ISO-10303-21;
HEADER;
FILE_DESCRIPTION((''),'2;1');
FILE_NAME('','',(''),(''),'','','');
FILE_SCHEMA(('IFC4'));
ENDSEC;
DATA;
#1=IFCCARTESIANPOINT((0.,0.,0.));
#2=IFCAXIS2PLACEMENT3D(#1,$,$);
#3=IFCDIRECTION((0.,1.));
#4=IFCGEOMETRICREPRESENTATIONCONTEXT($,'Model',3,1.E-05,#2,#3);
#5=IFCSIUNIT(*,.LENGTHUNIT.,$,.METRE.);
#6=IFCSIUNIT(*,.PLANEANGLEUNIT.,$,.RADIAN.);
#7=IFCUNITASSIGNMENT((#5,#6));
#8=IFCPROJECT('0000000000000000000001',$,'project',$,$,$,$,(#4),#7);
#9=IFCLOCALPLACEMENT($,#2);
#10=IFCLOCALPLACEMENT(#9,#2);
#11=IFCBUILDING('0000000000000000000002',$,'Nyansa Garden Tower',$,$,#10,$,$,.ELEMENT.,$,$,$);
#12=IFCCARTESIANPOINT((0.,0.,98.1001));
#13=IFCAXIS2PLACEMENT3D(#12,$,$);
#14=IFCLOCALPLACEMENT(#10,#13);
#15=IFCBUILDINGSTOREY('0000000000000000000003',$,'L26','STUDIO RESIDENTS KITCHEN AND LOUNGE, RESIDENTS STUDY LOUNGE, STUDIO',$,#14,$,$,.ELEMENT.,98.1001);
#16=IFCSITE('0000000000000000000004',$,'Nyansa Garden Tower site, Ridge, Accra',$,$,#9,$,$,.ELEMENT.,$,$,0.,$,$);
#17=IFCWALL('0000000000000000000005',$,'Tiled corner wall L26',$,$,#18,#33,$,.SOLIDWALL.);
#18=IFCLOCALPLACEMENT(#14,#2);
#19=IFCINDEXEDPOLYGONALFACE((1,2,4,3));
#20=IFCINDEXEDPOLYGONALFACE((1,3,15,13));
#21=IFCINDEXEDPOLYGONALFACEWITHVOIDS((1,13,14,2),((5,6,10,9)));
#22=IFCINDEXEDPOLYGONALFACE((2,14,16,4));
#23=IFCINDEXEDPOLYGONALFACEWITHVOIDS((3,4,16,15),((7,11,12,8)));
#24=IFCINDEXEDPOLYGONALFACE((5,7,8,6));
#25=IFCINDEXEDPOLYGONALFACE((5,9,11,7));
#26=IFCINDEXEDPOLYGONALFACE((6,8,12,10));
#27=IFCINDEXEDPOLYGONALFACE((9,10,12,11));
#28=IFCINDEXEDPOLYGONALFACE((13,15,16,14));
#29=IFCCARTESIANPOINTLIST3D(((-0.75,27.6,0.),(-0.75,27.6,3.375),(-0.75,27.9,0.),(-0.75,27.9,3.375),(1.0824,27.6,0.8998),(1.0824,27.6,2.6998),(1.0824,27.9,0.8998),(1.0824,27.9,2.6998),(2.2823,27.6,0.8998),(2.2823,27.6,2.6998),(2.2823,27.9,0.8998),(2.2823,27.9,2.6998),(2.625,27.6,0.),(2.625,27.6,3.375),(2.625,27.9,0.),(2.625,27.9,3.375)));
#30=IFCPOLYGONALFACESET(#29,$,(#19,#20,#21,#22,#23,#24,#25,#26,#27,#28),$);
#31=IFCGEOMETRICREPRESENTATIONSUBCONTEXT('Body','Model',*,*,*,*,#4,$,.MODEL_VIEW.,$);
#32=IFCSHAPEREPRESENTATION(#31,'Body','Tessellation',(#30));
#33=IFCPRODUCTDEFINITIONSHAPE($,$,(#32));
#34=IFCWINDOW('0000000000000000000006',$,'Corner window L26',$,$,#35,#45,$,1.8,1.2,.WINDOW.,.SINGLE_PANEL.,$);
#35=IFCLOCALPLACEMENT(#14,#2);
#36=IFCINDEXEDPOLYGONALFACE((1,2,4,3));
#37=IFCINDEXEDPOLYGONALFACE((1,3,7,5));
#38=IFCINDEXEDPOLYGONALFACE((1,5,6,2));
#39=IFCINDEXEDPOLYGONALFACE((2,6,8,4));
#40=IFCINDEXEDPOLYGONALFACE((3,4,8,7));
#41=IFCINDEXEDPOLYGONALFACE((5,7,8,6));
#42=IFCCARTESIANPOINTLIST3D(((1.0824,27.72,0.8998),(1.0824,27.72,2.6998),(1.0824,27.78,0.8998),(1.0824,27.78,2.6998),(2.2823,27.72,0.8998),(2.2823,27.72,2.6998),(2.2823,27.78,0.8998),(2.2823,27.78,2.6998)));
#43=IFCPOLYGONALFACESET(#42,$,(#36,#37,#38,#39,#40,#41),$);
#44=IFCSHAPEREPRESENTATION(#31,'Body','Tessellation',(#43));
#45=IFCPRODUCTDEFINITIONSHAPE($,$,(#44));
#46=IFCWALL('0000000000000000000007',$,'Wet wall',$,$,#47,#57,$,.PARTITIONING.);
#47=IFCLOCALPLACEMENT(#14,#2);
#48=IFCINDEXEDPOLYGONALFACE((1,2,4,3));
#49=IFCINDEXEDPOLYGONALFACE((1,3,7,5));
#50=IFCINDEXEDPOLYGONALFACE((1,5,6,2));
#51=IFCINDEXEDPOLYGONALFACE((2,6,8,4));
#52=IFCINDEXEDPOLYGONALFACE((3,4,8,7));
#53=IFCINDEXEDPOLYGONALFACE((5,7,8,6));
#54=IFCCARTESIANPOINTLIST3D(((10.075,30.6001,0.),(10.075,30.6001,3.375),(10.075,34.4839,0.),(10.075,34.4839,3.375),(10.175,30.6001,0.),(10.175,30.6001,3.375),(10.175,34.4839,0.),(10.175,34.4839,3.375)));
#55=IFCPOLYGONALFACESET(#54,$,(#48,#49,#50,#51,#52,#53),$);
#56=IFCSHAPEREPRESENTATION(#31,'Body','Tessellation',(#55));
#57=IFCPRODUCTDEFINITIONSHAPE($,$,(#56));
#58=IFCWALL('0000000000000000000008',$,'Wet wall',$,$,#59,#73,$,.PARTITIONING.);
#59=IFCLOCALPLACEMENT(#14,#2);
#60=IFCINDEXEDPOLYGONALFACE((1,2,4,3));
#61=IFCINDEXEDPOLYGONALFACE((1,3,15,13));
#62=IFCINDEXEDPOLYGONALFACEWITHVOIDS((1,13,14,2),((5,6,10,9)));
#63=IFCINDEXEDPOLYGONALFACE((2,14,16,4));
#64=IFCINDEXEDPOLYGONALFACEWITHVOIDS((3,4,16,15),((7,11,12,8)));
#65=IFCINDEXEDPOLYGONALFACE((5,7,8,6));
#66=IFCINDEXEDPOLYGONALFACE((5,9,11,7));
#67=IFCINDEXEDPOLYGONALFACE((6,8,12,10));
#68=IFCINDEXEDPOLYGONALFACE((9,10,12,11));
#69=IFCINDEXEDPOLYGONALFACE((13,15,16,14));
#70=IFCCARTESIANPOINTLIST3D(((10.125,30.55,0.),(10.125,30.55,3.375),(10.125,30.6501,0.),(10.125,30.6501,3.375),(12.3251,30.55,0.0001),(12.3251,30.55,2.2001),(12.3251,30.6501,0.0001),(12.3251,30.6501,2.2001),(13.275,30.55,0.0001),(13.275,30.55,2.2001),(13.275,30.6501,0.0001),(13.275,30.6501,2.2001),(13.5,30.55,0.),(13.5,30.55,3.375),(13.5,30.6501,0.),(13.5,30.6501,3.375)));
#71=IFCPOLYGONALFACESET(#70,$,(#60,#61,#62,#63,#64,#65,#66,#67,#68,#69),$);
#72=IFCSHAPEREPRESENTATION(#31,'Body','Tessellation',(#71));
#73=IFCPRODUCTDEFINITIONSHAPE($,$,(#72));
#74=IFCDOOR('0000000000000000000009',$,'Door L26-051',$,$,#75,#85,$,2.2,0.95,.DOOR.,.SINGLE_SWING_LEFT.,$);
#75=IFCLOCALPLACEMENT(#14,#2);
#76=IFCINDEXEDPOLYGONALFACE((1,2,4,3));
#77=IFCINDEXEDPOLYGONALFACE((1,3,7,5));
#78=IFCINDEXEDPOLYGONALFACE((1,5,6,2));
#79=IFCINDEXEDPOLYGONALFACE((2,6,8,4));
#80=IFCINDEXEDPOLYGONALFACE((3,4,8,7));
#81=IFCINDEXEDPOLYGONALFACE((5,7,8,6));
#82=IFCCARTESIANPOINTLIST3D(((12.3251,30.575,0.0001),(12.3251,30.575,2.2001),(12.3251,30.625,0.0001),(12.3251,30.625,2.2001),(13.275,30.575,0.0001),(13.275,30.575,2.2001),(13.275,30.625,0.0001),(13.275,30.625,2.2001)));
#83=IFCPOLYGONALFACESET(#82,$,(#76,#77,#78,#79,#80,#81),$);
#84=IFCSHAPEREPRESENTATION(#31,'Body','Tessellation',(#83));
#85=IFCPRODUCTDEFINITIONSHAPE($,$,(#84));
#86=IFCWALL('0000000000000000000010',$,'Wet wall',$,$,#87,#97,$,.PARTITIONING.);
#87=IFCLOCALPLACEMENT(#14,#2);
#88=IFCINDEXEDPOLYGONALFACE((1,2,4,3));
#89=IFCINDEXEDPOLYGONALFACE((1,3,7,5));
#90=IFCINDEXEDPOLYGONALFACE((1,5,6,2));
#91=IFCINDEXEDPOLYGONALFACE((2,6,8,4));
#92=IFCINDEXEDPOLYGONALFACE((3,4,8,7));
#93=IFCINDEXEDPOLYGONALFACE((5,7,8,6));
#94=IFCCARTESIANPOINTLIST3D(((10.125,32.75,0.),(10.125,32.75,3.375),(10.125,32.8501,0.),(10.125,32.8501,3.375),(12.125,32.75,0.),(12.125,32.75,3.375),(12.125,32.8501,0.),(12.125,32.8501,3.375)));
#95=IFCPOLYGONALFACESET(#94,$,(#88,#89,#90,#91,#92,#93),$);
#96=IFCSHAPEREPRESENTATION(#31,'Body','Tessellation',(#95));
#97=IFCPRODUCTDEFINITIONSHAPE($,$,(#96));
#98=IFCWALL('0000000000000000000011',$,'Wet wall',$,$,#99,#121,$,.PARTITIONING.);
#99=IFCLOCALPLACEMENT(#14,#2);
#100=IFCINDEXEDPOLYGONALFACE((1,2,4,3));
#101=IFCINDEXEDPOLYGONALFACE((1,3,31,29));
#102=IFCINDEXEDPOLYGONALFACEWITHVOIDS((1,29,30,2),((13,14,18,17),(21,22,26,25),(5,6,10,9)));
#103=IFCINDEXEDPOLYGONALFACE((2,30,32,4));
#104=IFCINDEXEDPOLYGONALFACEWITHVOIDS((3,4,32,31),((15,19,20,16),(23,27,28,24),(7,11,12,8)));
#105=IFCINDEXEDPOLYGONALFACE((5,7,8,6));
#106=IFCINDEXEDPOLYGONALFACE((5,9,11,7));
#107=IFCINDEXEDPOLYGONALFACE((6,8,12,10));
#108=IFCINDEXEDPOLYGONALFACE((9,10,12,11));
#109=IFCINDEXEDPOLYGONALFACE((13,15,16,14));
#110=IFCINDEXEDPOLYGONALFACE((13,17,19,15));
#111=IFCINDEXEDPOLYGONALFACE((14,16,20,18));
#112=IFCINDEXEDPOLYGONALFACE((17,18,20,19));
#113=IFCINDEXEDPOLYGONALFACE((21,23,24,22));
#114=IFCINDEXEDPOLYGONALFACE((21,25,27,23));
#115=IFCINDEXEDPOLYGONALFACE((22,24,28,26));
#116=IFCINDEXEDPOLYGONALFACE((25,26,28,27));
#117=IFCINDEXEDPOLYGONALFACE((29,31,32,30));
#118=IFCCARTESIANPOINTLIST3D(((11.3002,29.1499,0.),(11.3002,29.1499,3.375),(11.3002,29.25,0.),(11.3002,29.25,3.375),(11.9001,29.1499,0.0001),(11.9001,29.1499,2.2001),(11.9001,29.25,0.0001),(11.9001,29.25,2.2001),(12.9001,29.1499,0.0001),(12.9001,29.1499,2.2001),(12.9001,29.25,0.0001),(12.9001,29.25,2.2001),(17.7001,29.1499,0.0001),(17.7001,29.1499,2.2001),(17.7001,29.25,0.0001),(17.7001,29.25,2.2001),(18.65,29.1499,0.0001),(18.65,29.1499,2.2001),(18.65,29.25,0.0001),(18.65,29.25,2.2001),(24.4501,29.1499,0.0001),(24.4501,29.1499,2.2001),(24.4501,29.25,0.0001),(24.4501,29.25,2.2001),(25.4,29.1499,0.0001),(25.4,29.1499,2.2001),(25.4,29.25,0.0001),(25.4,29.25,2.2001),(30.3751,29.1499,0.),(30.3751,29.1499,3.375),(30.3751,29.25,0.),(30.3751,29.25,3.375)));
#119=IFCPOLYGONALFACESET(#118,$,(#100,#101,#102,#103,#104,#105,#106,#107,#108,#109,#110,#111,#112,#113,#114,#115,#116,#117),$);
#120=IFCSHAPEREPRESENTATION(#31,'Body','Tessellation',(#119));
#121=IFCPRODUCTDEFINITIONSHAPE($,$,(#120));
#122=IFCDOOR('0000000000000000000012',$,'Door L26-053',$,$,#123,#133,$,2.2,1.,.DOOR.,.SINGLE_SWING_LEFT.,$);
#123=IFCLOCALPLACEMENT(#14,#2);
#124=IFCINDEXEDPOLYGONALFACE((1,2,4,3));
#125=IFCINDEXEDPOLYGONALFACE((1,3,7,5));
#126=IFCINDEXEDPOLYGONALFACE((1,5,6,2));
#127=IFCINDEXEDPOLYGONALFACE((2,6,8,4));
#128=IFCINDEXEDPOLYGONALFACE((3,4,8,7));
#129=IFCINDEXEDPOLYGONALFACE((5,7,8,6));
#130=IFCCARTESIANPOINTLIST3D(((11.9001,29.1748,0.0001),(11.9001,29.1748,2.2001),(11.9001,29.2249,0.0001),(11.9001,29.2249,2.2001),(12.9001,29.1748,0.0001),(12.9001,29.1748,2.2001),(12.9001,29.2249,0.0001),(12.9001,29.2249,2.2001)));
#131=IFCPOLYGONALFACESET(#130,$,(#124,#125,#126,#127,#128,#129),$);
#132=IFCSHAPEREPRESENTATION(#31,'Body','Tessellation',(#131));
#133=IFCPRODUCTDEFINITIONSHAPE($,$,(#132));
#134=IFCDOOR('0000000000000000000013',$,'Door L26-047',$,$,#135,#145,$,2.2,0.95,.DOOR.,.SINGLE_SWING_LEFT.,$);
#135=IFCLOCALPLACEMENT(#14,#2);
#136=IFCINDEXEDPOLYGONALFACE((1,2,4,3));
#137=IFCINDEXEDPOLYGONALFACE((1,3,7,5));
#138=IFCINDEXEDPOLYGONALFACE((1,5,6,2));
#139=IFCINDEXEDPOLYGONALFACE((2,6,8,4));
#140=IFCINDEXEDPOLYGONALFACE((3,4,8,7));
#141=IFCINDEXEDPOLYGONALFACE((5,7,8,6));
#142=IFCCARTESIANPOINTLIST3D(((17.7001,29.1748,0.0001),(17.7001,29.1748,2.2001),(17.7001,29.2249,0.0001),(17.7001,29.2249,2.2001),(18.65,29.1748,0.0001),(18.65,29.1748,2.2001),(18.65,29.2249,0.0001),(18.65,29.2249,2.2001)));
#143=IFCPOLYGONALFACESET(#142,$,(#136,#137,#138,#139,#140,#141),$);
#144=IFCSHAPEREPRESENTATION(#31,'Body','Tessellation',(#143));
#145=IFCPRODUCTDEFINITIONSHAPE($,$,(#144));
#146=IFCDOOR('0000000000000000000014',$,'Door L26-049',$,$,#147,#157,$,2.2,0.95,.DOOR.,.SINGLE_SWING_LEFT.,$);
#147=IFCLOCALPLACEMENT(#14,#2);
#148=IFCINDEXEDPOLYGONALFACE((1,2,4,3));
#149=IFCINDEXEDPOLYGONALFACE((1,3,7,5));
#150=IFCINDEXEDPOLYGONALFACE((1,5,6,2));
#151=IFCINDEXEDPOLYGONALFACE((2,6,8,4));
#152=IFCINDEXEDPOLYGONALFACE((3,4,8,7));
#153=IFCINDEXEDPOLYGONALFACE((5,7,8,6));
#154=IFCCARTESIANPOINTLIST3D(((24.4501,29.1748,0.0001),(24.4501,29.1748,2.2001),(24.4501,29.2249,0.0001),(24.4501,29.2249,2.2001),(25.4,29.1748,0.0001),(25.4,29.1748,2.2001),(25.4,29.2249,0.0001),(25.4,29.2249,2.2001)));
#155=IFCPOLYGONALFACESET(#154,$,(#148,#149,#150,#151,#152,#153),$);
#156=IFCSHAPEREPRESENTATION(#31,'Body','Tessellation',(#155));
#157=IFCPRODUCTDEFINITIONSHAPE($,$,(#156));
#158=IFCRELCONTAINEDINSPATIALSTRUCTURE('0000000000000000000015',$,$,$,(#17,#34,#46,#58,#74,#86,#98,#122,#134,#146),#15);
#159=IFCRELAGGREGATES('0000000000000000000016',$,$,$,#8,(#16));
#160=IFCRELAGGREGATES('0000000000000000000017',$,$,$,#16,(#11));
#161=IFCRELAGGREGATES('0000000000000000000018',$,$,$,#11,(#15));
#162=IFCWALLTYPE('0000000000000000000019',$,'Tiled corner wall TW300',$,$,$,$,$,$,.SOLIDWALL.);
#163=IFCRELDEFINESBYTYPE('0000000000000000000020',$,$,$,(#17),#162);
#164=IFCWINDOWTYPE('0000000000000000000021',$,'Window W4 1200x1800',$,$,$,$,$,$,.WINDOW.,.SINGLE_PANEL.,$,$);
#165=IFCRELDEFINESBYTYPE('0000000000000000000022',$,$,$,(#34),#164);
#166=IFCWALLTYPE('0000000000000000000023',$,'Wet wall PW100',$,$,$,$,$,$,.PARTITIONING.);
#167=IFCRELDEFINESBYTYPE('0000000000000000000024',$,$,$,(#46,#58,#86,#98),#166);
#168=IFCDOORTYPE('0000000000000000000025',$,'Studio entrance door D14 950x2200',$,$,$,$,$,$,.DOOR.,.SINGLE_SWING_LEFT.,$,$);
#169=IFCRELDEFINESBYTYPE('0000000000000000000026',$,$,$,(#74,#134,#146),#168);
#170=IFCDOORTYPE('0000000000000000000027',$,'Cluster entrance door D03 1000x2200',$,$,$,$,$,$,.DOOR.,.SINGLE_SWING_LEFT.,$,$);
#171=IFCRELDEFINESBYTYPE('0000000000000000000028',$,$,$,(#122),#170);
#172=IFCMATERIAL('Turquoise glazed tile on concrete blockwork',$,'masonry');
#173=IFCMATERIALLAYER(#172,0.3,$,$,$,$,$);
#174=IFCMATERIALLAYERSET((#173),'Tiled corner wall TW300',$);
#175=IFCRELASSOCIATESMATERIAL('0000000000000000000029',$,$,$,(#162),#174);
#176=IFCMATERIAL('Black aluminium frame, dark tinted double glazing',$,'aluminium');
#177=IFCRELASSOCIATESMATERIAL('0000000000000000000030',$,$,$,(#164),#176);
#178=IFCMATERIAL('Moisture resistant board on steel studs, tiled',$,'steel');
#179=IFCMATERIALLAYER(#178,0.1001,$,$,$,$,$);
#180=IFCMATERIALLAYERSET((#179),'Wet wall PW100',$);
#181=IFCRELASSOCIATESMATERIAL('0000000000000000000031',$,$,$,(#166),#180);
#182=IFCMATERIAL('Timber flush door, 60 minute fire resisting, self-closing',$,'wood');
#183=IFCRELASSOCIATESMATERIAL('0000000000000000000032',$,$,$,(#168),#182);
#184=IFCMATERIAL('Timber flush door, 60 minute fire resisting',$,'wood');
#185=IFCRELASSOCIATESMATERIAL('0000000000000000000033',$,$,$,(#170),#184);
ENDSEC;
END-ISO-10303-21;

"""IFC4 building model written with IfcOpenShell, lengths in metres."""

from ifc_helpers import new_model, si_unit, direction, frame, frame_2d, origin, place, context, subcontext, project, spatial, rectangle, extrude, material, layer, layer_set, type_object, element, fill, save


model = new_model("IFC4")

# Units and contexts
model_context = context("Model", 3, precision=1e-05, world=origin(), true_north=direction((0.0, 1.0)))
body_context = subcontext(model_context, "Body", "Model", "MODEL_VIEW")
ifc_project = project(units=[si_unit("LENGTHUNIT", "METRE"), si_unit("PLANEANGLEUNIT", "RADIAN")], contexts=[model_context])

# Site, building, storey
site_placement = place(None, origin())
site = spatial("IfcSite", under=ifc_project, at=site_placement, Name="Nyansa Garden Tower site, Ridge, Accra", CompositionType="ELEMENT", RefElevation=0.0)
building_placement = place(site_placement, origin())
building = spatial("IfcBuilding", under=site, at=building_placement, Name="Nyansa Garden Tower", CompositionType="ELEMENT")
storey_placement = place(building_placement, frame((0.0, 0.0, 98.1001)))
storey = spatial("IfcBuildingStorey", under=building, at=storey_placement, Name="L26", Description="STUDIO RESIDENTS KITCHEN AND LOUNGE, RESIDENTS STUDY LOUNGE, STUDIO", CompositionType="ELEMENT", Elevation=98.1001)

# Wall, opening, window
ifc_material_1 = material(Name="Turquoise glazed tile on concrete blockwork", Category="masonry")
ifc_layer_1 = layer(ifc_material_1, 0.3)
ifc_layer_set_1 = layer_set([ifc_layer_1], Name="Tiled corner wall TW300")
wall_type_1 = type_object("IfcWallType", Name="Tiled corner wall TW300", PredefinedType="SOLIDWALL", material=ifc_layer_set_1)
ifc_material_2 = material(Name="Black aluminium frame, dark tinted double glazing", Category="aluminium")
window_type_1 = type_object("IfcWindowType", Name="Window W4 1200x1800", PartitioningType="SINGLE_PANEL", PredefinedType="WINDOW", material=ifc_material_2)
wall_1_placement = place(storey_placement, frame((2.625, 27.75, 0.0), z_axis=(0.0, 0.0, 1.0), x_axis=(-1.0, 0.0, 0.0)))
wall_1 = element("IfcWall", 1, at=wall_1_placement, inside=storey, type_object=wall_type_1, Name="Tiled corner wall L26", PredefinedType="SOLIDWALL", context=body_context, shape_type="SweptSolid", body=[
    extrude(rectangle(XDim=3.375, YDim=0.3, at=frame_2d((1.6875, 0.0))), origin(), (0.0, 0.0, 1.0), 3.375),
])
opening_1_placement = place(wall_1_placement, frame((0.3425, 0.0, 0.8999)))
opening_1 = element("IfcOpeningElement", 2, at=opening_1_placement, cuts=wall_1, PredefinedType="OPENING", context=body_context, shape_type="SweptSolid", body=[
    extrude(rectangle(XDim=1.2, YDim=1.8, at=frame_2d((0.6001, 0.8999))), frame((0.0, 0.1599, 0.0), z_axis=(0.0, -1.0, 0.0), x_axis=(1.0, 0.0, 0.0)), (0.0, 0.0, 1.0), 0.3201),
])
window_1_placement = place(opening_1_placement, origin())
window_1 = element("IfcWindow", 3, at=window_1_placement, inside=storey, type_object=window_type_1, Name="Corner window L26", OverallHeight=1.8, OverallWidth=1.2, PartitioningType="SINGLE_PANEL", PredefinedType="WINDOW", context=body_context, shape_type="SweptSolid", body=[
    extrude(rectangle(XDim=1.2, YDim=1.8, at=frame_2d((0.6001, 0.8999))), frame((0.0, 0.03, 0.0), z_axis=(0.0, -1.0, 0.0), x_axis=(1.0, 0.0, 0.0)), (0.0, 0.0, 1.0), 0.0601),
])
fill(opening_1, window_1)

# Wall
ifc_material_3 = material(Name="Moisture resistant board on steel studs, tiled", Category="steel")
ifc_layer_2 = layer(ifc_material_3, 0.1001)
ifc_layer_set_2 = layer_set([ifc_layer_2], Name="Wet wall PW100")
wall_type_2 = type_object("IfcWallType", Name="Wet wall PW100", PredefinedType="PARTITIONING", material=ifc_layer_set_2)
wall_2_placement = place(storey_placement, frame((10.125, 30.6001, 0.0), z_axis=(0.0, 0.0, 1.0), x_axis=(0.0, 1.0, 0.0)))
element("IfcWall", 4, at=wall_2_placement, inside=storey, type_object=wall_type_2, Name="Wet wall", PredefinedType="PARTITIONING", context=body_context, shape_type="SweptSolid", body=[
    extrude(rectangle(XDim=3.8838, YDim=0.1001, at=frame_2d((1.9419, 0.0))), origin(), (0.0, 0.0, 1.0), 3.375),
])

# Wall, opening, door
wall_3_placement = place(storey_placement, frame((10.125, 30.6001, 0.0), z_axis=(0.0, 0.0, 1.0), x_axis=(1.0, 0.0, 0.0)))
wall_3 = element("IfcWall", 5, at=wall_3_placement, inside=storey, type_object=wall_type_2, Name="Wet wall", PredefinedType="PARTITIONING", context=body_context, shape_type="SweptSolid", body=[
    extrude(rectangle(XDim=3.375, YDim=0.1001, at=frame_2d((1.6875, 0.0))), origin(), (0.0, 0.0, 1.0), 3.375),
])
opening_2_placement = place(wall_3_placement, frame((2.2, 0.0, 0.0)))
opening_2 = element("IfcOpeningElement", 6, at=opening_2_placement, cuts=wall_3, PredefinedType="OPENING", context=body_context, shape_type="SweptSolid", body=[
    extrude(rectangle(XDim=0.95, YDim=2.2, at=frame_2d((0.4751, 1.1001))), frame((0.0, 0.0601, 0.0), z_axis=(0.0, -1.0, 0.0), x_axis=(1.0, 0.0, 0.0)), (0.0, 0.0, 1.0), 0.1201),
])
ifc_material_4 = material(Name="Timber flush door, 60 minute fire resisting, self-closing", Category="wood")
door_type_1 = type_object("IfcDoorType", Name="Studio entrance door D14 950x2200", OperationType="SINGLE_SWING_LEFT", PredefinedType="DOOR", material=ifc_material_4)
door_1_placement = place(opening_2_placement, origin())
door_1 = element("IfcDoor", 7, at=door_1_placement, inside=storey, type_object=door_type_1, Name="Door L26-051", OperationType="SINGLE_SWING_LEFT", OverallHeight=2.2, OverallWidth=0.95, PredefinedType="DOOR", context=body_context, shape_type="SweptSolid", body=[
    extrude(rectangle(XDim=0.95, YDim=2.2, at=frame_2d((0.4751, 1.1001))), frame((0.0, 0.0249, 0.0), z_axis=(0.0, -1.0, 0.0), x_axis=(1.0, 0.0, 0.0)), (0.0, 0.0, 1.0), 0.05),
])
fill(opening_2, door_1)

# Wall
wall_4_placement = place(storey_placement, frame((10.125, 32.8, 0.0), z_axis=(0.0, 0.0, 1.0), x_axis=(1.0, 0.0, 0.0)))
element("IfcWall", 8, at=wall_4_placement, inside=storey, type_object=wall_type_2, Name="Wet wall", PredefinedType="PARTITIONING", context=body_context, shape_type="SweptSolid", body=[
    extrude(rectangle(XDim=2.0, YDim=0.1001, at=frame_2d((1.0, 0.0))), origin(), (0.0, 0.0, 1.0), 3.375),
])

# Wall, openings, doors
wall_5_placement = place(storey_placement, frame((11.3, 29.2, 0.0), z_axis=(0.0, 0.0, 1.0), x_axis=(1.0, 0.0, 0.0)))
wall_5 = element("IfcWall", 9, at=wall_5_placement, inside=storey, type_object=wall_type_2, Name="Wet wall", PredefinedType="PARTITIONING", context=body_context, shape_type="SweptSolid", body=[
    extrude(rectangle(XDim=19.075, YDim=0.1001, at=frame_2d((9.5376, 0.0))), origin(), (0.0, 0.0, 1.0), 3.375),
])
opening_3_placement = place(wall_5_placement, frame((6.3999, 0.0, 0.0)))
opening_3 = element("IfcOpeningElement", 10, at=opening_3_placement, cuts=wall_5, PredefinedType="OPENING", context=body_context, shape_type="SweptSolid", body=[
    extrude(rectangle(XDim=0.95, YDim=2.2, at=frame_2d((0.4751, 1.1001))), frame((0.0, 0.0601, 0.0), z_axis=(0.0, -1.0, 0.0), x_axis=(1.0, 0.0, 0.0)), (0.0, 0.0, 1.0), 0.1201),
])
opening_4_placement = place(wall_5_placement, frame((13.1499, 0.0, 0.0)))
opening_4 = element("IfcOpeningElement", 11, at=opening_4_placement, cuts=wall_5, PredefinedType="OPENING", context=body_context, shape_type="SweptSolid", body=[
    extrude(rectangle(XDim=0.95, YDim=2.2, at=frame_2d((0.4751, 1.1001))), frame((0.0, 0.0601, 0.0), z_axis=(0.0, -1.0, 0.0), x_axis=(1.0, 0.0, 0.0)), (0.0, 0.0, 1.0), 0.1201),
])
opening_5_placement = place(wall_5_placement, frame((0.6001, 0.0, 0.0)))
opening_5 = element("IfcOpeningElement", 12, at=opening_5_placement, cuts=wall_5, PredefinedType="OPENING", context=body_context, shape_type="SweptSolid", body=[
    extrude(rectangle(XDim=1.0, YDim=2.2, at=frame_2d((0.5, 1.1001))), frame((0.0, 0.0601, 0.0), z_axis=(0.0, -1.0, 0.0), x_axis=(1.0, 0.0, 0.0)), (0.0, 0.0, 1.0), 0.1201),
])
ifc_material_5 = material(Name="Timber flush door, 60 minute fire resisting", Category="wood")
door_type_2 = type_object("IfcDoorType", Name="Cluster entrance door D03 1000x2200", OperationType="SINGLE_SWING_LEFT", PredefinedType="DOOR", material=ifc_material_5)
door_2_placement = place(opening_5_placement, origin())
door_2 = element("IfcDoor", 13, at=door_2_placement, inside=storey, type_object=door_type_2, Name="Door L26-053", OperationType="SINGLE_SWING_LEFT", OverallHeight=2.2, OverallWidth=1.0, PredefinedType="DOOR", context=body_context, shape_type="SweptSolid", body=[
    extrude(rectangle(XDim=1.0, YDim=2.2, at=frame_2d((0.5, 1.1001))), frame((0.0, 0.0249, 0.0), z_axis=(0.0, -1.0, 0.0), x_axis=(1.0, 0.0, 0.0)), (0.0, 0.0, 1.0), 0.05),
])
fill(opening_5, door_2)
door_3_placement = place(opening_3_placement, origin())
door_3 = element("IfcDoor", 14, at=door_3_placement, inside=storey, type_object=door_type_1, Name="Door L26-047", OperationType="SINGLE_SWING_LEFT", OverallHeight=2.2, OverallWidth=0.95, PredefinedType="DOOR", context=body_context, shape_type="SweptSolid", body=[
    extrude(rectangle(XDim=0.95, YDim=2.2, at=frame_2d((0.4751, 1.1001))), frame((0.0, 0.0249, 0.0), z_axis=(0.0, -1.0, 0.0), x_axis=(1.0, 0.0, 0.0)), (0.0, 0.0, 1.0), 0.05),
])
fill(opening_3, door_3)
door_4_placement = place(opening_4_placement, origin())
door_4 = element("IfcDoor", 15, at=door_4_placement, inside=storey, type_object=door_type_1, Name="Door L26-049", OperationType="SINGLE_SWING_LEFT", OverallHeight=2.2, OverallWidth=0.95, PredefinedType="DOOR", context=body_context, shape_type="SweptSolid", body=[
    extrude(rectangle(XDim=0.95, YDim=2.2, at=frame_2d((0.4751, 1.1001))), frame((0.0, 0.0249, 0.0), z_axis=(0.0, -1.0, 0.0), x_axis=(1.0, 0.0, 0.0)), (0.0, 0.0, 1.0), 0.05),
])
fill(opening_4, door_4)

save(model, "model.ifc")
